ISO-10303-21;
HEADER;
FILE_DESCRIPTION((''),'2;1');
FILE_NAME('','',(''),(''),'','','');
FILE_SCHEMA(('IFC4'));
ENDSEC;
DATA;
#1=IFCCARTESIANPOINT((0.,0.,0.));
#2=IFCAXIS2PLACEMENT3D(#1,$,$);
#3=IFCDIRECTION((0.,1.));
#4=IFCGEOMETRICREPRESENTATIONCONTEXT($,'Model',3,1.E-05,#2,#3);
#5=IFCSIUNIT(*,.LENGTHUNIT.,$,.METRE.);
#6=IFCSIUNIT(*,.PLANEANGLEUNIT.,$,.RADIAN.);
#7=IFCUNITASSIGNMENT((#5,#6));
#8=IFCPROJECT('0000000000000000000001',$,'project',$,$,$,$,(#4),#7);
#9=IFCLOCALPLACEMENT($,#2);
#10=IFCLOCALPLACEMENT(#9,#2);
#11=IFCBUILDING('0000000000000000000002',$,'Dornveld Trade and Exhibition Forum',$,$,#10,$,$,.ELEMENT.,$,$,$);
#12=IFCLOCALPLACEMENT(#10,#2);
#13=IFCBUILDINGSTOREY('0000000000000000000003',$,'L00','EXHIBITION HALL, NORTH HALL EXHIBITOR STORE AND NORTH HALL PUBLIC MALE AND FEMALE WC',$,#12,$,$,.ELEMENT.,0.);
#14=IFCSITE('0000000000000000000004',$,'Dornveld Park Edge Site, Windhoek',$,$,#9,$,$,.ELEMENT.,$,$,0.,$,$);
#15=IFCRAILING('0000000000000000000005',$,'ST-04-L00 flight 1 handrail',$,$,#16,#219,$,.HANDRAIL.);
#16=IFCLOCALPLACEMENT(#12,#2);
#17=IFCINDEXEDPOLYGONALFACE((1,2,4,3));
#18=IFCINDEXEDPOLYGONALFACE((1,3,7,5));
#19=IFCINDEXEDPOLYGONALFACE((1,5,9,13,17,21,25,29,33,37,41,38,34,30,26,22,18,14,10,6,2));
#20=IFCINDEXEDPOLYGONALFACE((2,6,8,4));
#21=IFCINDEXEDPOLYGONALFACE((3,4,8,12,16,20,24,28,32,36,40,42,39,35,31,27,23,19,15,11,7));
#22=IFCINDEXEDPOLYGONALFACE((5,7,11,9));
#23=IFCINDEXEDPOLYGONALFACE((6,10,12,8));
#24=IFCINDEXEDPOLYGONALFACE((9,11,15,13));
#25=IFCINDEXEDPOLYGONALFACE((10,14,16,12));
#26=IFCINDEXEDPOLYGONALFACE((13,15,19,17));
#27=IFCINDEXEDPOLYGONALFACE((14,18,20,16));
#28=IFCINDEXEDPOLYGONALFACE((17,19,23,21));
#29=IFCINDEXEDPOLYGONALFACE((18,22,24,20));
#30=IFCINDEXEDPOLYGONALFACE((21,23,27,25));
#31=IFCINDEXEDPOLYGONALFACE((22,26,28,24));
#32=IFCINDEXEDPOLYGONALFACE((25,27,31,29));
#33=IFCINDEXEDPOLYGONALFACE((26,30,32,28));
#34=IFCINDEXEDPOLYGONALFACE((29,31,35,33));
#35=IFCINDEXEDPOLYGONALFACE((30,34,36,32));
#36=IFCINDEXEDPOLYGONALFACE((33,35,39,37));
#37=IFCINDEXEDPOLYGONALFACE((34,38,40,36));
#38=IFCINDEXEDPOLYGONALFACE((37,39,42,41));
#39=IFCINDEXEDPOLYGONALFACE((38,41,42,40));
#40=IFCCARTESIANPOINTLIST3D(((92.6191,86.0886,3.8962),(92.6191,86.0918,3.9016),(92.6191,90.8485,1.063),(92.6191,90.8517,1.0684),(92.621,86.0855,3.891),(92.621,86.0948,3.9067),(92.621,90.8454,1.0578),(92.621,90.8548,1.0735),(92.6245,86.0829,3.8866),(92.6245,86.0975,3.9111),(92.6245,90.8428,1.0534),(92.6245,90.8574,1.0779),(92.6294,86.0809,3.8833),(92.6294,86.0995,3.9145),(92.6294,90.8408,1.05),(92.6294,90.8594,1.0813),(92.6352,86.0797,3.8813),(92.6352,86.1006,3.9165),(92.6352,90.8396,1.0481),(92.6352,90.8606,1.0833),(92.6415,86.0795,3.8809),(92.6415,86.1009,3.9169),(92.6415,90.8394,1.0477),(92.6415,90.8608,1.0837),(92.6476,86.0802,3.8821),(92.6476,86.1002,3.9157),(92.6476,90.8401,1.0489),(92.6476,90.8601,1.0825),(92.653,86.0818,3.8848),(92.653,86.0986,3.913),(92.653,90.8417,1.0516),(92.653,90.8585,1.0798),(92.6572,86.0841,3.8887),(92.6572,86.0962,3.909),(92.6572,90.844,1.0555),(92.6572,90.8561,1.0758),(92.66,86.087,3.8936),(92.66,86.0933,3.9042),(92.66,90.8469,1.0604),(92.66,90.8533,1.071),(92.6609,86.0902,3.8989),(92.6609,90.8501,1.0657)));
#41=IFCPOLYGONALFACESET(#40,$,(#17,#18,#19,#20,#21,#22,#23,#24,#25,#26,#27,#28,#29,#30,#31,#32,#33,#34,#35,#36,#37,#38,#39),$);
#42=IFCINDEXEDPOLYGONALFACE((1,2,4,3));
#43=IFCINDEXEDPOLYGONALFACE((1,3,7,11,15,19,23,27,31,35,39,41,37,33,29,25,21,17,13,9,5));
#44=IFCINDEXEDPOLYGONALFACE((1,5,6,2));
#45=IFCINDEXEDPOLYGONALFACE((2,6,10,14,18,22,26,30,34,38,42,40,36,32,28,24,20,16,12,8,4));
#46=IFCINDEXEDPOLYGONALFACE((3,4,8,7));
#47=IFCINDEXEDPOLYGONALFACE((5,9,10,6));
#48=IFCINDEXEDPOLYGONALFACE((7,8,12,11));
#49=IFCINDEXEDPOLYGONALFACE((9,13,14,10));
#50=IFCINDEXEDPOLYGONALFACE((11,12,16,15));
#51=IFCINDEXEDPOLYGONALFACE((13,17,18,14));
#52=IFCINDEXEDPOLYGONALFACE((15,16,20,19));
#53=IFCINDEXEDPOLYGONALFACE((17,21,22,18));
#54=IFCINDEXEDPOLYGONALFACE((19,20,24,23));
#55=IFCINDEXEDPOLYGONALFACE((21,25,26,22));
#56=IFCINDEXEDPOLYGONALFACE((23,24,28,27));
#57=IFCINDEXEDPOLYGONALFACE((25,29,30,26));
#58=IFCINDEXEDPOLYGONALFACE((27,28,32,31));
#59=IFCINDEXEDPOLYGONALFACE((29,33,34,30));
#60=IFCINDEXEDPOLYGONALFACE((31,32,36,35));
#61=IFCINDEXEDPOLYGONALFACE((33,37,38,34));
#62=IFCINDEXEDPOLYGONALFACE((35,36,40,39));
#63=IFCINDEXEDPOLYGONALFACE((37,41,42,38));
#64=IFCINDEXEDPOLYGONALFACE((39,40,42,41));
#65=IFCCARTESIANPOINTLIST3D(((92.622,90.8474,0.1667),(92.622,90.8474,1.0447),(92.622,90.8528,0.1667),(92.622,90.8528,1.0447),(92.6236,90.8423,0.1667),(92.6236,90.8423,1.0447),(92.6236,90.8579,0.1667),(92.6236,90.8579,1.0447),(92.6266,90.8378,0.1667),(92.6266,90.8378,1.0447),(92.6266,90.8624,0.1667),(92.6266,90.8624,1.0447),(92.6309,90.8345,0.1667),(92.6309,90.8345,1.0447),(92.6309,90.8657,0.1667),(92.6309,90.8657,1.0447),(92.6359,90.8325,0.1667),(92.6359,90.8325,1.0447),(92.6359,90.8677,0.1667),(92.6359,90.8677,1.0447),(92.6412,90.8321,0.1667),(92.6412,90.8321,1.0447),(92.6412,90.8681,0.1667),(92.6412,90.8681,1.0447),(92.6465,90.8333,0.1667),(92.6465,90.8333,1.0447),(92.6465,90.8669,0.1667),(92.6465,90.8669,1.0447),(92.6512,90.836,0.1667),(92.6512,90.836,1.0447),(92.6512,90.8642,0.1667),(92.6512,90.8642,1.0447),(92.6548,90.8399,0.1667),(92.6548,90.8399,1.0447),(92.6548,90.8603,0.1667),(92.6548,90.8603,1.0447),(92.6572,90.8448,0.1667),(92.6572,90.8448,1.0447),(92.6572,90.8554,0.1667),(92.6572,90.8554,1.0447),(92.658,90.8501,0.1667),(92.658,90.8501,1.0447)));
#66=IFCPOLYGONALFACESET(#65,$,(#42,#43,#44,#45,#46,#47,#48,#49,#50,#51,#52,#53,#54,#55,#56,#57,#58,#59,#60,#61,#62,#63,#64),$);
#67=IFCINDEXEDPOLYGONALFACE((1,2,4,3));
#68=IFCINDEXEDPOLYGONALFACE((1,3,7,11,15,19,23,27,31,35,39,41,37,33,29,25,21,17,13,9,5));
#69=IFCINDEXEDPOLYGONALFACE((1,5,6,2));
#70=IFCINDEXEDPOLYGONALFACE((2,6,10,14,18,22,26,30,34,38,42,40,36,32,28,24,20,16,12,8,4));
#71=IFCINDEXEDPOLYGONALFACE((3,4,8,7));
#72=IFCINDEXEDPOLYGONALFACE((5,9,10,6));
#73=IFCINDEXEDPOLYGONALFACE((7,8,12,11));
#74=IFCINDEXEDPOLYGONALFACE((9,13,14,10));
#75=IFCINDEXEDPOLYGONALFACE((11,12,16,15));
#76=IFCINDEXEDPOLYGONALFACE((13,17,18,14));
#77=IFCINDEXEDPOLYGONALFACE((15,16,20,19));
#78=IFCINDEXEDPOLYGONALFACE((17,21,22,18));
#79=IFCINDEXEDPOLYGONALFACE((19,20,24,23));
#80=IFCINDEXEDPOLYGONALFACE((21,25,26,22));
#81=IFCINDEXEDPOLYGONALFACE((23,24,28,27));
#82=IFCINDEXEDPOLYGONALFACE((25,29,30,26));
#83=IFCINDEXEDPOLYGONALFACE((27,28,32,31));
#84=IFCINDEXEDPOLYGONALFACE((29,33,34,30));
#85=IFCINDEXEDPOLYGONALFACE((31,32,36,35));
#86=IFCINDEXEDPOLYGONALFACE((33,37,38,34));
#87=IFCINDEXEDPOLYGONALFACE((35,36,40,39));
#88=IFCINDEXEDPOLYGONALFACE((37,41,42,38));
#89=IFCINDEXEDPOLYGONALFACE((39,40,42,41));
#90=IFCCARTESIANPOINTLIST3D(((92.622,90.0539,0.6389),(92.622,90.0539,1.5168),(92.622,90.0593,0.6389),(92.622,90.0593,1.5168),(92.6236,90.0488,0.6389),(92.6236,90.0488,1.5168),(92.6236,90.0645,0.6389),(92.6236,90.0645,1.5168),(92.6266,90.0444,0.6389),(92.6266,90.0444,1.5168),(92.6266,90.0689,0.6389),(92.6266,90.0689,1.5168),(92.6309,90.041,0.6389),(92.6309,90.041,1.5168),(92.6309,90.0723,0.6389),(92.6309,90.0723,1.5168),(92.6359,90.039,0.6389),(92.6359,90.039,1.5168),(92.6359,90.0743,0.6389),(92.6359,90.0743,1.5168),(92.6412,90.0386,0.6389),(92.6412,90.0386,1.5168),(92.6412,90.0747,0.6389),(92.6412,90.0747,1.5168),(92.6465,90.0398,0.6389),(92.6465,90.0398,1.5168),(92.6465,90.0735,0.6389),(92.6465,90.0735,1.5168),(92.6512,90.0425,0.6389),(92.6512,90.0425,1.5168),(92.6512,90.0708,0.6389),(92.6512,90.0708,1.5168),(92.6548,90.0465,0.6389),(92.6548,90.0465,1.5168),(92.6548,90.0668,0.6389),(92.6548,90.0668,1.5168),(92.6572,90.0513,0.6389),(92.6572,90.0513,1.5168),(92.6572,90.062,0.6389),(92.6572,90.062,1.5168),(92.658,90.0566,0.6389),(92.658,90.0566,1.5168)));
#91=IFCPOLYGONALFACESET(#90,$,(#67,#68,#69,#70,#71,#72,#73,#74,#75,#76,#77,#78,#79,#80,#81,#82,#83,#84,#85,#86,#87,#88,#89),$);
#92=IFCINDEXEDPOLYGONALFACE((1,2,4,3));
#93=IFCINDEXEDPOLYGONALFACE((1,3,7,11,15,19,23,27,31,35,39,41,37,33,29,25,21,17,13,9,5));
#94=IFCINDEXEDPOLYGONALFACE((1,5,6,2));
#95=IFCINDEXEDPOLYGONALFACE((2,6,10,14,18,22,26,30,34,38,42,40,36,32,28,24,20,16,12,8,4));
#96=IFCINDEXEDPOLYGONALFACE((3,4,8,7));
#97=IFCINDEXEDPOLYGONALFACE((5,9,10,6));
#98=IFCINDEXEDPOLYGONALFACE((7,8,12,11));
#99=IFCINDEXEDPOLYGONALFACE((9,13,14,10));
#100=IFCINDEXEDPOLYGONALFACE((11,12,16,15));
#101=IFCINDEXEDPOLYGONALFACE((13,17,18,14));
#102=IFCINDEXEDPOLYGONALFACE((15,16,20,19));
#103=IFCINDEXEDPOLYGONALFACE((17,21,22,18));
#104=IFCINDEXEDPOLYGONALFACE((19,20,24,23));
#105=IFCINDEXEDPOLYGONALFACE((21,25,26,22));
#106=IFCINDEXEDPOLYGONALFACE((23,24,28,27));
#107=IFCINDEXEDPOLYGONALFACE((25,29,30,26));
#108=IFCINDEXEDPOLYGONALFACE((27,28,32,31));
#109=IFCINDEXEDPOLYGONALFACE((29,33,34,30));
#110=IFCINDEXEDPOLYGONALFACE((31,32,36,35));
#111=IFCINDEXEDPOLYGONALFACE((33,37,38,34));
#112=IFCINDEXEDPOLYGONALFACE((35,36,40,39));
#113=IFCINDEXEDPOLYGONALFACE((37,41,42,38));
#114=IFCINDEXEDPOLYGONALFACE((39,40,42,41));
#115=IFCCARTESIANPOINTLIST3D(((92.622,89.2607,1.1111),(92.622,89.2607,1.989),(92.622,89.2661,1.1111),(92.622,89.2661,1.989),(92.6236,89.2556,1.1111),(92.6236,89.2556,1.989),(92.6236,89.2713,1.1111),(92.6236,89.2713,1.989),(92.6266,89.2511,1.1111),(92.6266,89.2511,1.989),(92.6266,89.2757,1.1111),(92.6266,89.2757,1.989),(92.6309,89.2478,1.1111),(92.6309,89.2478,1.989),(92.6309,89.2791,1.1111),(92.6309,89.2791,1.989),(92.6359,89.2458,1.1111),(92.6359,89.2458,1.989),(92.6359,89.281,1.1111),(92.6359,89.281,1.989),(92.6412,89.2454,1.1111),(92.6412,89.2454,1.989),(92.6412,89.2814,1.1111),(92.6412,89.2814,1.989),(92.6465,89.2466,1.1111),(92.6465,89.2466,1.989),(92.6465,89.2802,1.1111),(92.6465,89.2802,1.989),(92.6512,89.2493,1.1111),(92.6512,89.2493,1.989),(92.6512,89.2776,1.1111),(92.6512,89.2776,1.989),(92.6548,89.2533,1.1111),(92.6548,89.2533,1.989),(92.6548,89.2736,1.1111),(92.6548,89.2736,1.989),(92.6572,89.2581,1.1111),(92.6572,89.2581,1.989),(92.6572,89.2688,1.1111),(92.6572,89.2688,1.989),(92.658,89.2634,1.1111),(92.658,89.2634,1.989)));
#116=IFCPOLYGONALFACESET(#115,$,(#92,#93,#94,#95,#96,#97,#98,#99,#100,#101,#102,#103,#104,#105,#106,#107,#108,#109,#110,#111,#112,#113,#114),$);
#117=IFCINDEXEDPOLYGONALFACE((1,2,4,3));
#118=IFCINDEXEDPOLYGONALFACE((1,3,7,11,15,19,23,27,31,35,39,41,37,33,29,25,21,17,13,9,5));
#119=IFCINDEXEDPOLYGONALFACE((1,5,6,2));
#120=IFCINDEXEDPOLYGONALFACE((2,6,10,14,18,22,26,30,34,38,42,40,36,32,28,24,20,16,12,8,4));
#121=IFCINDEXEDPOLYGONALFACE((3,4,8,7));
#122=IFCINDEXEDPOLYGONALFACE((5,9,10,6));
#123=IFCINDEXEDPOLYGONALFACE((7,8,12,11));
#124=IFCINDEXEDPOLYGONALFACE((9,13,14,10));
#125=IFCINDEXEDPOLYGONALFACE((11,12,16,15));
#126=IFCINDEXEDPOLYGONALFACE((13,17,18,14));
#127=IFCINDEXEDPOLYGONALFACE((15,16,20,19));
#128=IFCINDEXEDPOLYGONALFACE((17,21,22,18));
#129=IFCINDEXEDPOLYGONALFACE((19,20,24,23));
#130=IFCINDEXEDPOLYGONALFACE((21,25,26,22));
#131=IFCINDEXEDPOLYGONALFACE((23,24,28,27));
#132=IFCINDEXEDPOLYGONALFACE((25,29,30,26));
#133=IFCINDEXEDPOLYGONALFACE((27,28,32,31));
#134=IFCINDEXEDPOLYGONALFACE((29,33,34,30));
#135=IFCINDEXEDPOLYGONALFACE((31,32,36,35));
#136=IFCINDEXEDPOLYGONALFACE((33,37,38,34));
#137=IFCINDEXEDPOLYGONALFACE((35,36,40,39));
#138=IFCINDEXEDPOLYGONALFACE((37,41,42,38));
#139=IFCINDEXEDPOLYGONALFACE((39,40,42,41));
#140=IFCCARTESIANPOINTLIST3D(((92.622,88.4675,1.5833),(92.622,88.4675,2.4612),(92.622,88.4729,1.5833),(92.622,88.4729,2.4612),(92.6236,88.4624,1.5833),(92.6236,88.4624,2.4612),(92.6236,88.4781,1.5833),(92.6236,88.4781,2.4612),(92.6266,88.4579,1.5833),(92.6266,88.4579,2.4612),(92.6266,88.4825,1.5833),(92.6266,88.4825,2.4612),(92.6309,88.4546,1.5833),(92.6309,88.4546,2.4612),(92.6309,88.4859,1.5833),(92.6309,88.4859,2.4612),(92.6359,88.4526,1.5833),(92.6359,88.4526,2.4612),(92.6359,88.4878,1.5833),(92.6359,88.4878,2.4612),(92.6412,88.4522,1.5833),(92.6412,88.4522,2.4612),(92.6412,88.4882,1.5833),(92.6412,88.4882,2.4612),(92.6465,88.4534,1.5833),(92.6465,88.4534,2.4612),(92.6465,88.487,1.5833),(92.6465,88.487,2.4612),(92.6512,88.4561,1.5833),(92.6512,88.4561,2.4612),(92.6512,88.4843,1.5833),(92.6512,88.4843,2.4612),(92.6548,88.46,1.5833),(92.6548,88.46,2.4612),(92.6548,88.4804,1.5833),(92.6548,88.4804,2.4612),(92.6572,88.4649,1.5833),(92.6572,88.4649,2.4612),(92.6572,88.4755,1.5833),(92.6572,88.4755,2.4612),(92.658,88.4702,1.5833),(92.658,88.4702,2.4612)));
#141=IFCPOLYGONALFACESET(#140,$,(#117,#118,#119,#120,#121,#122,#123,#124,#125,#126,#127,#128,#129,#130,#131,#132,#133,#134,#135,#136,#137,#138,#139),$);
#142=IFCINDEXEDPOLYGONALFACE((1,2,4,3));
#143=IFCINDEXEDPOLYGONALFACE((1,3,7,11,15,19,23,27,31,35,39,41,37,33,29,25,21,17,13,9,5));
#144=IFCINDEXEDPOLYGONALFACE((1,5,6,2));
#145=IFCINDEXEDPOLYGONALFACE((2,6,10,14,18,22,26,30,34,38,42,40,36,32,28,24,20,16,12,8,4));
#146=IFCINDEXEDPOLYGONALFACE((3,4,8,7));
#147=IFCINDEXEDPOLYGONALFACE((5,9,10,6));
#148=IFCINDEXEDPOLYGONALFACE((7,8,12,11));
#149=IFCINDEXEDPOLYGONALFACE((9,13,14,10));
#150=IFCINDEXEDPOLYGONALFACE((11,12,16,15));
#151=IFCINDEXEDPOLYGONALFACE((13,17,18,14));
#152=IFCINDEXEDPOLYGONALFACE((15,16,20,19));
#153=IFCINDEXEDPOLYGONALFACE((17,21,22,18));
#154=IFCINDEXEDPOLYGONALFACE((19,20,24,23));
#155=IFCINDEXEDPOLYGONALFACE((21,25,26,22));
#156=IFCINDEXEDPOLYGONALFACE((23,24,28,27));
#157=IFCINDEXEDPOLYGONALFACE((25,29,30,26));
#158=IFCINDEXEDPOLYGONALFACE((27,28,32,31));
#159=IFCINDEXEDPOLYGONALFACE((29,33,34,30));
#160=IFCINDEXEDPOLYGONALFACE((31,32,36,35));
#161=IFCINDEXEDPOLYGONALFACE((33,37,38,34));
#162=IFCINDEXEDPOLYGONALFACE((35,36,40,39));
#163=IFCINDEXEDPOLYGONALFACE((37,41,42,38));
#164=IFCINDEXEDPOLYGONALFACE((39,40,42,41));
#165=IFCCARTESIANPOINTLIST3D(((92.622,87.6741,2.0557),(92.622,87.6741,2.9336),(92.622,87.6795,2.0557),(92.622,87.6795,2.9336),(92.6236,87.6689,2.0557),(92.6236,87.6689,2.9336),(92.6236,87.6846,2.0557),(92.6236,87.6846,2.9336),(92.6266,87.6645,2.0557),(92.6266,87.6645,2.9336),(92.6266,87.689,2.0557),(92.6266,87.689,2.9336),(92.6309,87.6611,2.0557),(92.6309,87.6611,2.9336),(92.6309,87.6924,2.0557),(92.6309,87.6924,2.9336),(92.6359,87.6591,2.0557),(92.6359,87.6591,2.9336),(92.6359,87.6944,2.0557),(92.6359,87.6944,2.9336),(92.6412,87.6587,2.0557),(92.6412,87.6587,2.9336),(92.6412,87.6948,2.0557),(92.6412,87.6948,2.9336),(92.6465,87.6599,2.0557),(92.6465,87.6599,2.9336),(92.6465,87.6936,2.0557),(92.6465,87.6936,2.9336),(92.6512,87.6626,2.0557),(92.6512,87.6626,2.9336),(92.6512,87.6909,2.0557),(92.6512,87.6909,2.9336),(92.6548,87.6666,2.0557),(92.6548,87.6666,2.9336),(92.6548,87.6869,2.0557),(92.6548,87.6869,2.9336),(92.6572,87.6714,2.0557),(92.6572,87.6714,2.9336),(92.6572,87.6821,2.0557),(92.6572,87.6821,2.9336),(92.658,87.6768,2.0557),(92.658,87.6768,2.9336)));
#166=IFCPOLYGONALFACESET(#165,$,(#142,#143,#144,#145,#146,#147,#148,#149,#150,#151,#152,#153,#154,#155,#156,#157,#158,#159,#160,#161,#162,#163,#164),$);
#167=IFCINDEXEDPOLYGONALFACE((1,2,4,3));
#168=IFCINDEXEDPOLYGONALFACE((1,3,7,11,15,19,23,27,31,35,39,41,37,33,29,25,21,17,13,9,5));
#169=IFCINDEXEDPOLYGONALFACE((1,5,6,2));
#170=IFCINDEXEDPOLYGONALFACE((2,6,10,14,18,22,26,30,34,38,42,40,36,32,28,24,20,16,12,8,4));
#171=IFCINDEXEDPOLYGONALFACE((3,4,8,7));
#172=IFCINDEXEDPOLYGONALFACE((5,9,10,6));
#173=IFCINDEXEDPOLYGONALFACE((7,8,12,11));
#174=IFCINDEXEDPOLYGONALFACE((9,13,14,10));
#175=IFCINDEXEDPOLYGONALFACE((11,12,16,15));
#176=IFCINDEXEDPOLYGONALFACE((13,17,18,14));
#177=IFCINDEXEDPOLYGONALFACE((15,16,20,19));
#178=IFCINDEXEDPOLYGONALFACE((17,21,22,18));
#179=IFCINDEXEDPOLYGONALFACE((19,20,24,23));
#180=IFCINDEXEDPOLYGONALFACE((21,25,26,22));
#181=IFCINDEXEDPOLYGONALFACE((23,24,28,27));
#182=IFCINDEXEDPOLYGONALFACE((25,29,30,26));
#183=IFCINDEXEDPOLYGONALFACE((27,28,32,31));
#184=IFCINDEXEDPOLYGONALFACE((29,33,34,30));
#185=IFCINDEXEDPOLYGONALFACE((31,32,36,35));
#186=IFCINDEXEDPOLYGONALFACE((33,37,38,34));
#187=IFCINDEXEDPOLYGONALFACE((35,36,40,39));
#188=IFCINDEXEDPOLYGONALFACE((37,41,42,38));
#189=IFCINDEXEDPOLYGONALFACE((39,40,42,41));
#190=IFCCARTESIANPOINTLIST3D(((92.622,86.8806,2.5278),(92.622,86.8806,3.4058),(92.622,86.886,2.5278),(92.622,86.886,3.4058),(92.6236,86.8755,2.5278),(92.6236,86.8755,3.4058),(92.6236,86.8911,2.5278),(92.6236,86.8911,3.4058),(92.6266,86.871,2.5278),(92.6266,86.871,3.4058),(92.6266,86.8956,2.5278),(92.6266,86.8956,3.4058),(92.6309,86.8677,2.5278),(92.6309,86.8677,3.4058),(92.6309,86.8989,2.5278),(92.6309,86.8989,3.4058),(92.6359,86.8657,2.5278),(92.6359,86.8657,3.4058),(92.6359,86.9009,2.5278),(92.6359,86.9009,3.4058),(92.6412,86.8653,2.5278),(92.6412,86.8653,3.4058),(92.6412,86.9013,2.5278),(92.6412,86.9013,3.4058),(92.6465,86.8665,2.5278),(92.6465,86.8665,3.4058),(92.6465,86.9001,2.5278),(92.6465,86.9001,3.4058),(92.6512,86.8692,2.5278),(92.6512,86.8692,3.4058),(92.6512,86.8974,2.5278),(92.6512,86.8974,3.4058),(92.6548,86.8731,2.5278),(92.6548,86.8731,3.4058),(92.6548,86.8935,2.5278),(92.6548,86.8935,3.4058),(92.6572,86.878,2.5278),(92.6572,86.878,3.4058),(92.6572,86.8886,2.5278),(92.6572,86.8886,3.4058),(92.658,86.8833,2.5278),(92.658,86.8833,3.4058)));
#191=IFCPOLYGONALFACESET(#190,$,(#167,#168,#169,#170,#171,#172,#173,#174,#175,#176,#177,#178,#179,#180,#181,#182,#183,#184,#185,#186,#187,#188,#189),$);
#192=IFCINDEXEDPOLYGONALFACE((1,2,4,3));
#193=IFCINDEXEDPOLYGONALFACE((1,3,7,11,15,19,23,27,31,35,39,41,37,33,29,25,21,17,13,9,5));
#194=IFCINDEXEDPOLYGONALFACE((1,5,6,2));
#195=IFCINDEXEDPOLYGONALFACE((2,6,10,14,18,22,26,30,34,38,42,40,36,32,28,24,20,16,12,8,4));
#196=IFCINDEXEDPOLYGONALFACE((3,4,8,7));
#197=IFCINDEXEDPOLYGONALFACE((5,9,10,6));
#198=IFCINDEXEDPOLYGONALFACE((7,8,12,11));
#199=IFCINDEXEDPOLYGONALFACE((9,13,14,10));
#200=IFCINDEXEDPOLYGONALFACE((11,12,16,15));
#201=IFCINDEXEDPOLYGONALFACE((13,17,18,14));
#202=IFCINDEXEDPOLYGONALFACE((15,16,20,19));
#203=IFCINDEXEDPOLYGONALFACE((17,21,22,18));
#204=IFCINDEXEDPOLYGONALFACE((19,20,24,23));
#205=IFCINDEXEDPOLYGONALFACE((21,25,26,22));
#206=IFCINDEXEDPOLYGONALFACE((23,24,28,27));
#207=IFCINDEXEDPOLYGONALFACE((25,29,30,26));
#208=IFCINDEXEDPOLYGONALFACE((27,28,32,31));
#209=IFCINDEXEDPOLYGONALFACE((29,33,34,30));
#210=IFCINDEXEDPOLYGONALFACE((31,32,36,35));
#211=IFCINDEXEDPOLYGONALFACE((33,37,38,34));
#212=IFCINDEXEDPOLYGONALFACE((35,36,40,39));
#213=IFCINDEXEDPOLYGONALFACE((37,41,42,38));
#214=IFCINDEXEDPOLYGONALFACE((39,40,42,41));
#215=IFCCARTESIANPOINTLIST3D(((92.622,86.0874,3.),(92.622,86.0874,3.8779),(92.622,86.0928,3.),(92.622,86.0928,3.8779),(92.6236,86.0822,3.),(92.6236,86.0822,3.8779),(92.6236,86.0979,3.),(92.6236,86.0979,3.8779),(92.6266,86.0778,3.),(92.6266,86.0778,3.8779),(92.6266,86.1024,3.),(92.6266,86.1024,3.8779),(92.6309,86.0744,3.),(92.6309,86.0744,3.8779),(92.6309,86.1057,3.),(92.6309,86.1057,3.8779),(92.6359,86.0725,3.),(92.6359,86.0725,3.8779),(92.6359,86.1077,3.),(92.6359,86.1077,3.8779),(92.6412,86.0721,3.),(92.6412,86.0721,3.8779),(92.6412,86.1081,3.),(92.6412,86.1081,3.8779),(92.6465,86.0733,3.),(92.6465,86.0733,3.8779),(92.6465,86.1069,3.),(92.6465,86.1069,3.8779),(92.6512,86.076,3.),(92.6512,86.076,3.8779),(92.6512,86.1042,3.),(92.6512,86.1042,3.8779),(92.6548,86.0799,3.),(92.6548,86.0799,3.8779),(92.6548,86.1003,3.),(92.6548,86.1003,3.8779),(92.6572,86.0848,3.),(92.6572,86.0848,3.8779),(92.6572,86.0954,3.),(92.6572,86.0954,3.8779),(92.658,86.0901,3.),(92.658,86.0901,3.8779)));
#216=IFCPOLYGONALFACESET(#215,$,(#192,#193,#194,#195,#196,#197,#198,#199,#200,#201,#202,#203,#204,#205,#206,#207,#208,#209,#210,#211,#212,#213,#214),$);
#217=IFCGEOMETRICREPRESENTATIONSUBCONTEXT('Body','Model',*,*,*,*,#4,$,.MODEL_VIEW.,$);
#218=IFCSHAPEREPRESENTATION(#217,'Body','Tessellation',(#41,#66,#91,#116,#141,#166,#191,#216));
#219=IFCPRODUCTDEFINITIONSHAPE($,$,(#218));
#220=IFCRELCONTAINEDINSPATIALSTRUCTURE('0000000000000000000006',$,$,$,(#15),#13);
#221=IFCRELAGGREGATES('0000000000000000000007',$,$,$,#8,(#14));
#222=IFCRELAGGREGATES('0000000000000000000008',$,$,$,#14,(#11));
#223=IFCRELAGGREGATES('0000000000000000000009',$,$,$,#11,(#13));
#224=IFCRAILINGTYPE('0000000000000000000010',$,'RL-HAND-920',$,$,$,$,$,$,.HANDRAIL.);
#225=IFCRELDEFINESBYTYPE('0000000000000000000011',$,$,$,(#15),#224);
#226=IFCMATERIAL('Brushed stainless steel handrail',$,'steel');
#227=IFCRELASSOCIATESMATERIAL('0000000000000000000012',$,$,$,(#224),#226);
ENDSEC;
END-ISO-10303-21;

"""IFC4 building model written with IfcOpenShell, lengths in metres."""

from ifc_helpers import new_model, si_unit, direction, frame, origin, origin_2d, place, context, subcontext, project, spatial, circle, extrude, material, type_object, element, save


model = new_model("IFC4")

# Units and contexts
model_context = context("Model", 3, precision=1e-05, world=origin(), true_north=direction((0.0, 1.0)))
body_context = subcontext(model_context, "Body", "Model", "MODEL_VIEW")
ifc_project = project(units=[si_unit("LENGTHUNIT", "METRE"), si_unit("PLANEANGLEUNIT", "RADIAN")], contexts=[model_context])

# Site, building, storey
site_placement = place(None, origin())
site = spatial("IfcSite", under=ifc_project, at=site_placement, Name="Dornveld Park Edge Site, Windhoek", CompositionType="ELEMENT", RefElevation=0.0)
building_placement = place(site_placement, origin())
building = spatial("IfcBuilding", under=site, at=building_placement, Name="Dornveld Trade and Exhibition Forum", CompositionType="ELEMENT")
storey_placement = place(building_placement, origin())
storey = spatial("IfcBuildingStorey", under=building, at=storey_placement, Name="L00", Description="EXHIBITION HALL, NORTH HALL EXHIBITOR STORE AND NORTH HALL PUBLIC MALE AND FEMALE WC", CompositionType="ELEMENT", Elevation=0.0)

# Railing
ifc_material_1 = material(Name="Brushed stainless steel handrail", Category="steel")
railing_type_1 = type_object("IfcRailingType", Name="RL-HAND-920", PredefinedType="HANDRAIL", material=ifc_material_1)
railing_1_placement = place(storey_placement, frame((92.6399, 90.8501, 0.1667)))
element("IfcRailing", 1, at=railing_1_placement, inside=storey, type_object=railing_type_1, Name="ST-04-L00 flight 1 handrail", PredefinedType="HANDRAIL", context=body_context, shape_type="SweptSolid", body=[
    extrude(circle(Radius=0.021, at=origin_2d()), frame((0.0, 0.0, 0.8989), z_axis=(0.0, -0.8593, 0.511472), x_axis=(1.0, 0.0, 0.0)), (0.0, 0.0, 1.0), 5.5393),
    extrude(circle(Radius=0.0181, at=origin_2d()), origin(), (0.0, 0.0, 1.0), 0.8779),
    extrude(circle(Radius=0.0181, at=origin_2d()), frame((0.0, -0.7935, 0.4722)), (0.0, 0.0, 1.0), 0.8779),
    extrude(circle(Radius=0.0181, at=origin_2d()), frame((0.0, -1.5867, 0.9443)), (0.0, 0.0, 1.0), 0.8779),
    extrude(circle(Radius=0.0181, at=origin_2d()), frame((0.0, -2.3799, 1.4165)), (0.0, 0.0, 1.0), 0.8779),
    extrude(circle(Radius=0.0181, at=origin_2d()), frame((0.0, -3.1733, 1.8889)), (0.0, 0.0, 1.0), 0.8779),
    extrude(circle(Radius=0.0181, at=origin_2d()), frame((0.0, -3.9668, 2.3611)), (0.0, 0.0, 1.0), 0.8779),
    extrude(circle(Radius=0.0181, at=origin_2d()), frame((0.0, -4.76, 2.8333)), (0.0, 0.0, 1.0), 0.8779),
])

save(model, "model.ifc")
